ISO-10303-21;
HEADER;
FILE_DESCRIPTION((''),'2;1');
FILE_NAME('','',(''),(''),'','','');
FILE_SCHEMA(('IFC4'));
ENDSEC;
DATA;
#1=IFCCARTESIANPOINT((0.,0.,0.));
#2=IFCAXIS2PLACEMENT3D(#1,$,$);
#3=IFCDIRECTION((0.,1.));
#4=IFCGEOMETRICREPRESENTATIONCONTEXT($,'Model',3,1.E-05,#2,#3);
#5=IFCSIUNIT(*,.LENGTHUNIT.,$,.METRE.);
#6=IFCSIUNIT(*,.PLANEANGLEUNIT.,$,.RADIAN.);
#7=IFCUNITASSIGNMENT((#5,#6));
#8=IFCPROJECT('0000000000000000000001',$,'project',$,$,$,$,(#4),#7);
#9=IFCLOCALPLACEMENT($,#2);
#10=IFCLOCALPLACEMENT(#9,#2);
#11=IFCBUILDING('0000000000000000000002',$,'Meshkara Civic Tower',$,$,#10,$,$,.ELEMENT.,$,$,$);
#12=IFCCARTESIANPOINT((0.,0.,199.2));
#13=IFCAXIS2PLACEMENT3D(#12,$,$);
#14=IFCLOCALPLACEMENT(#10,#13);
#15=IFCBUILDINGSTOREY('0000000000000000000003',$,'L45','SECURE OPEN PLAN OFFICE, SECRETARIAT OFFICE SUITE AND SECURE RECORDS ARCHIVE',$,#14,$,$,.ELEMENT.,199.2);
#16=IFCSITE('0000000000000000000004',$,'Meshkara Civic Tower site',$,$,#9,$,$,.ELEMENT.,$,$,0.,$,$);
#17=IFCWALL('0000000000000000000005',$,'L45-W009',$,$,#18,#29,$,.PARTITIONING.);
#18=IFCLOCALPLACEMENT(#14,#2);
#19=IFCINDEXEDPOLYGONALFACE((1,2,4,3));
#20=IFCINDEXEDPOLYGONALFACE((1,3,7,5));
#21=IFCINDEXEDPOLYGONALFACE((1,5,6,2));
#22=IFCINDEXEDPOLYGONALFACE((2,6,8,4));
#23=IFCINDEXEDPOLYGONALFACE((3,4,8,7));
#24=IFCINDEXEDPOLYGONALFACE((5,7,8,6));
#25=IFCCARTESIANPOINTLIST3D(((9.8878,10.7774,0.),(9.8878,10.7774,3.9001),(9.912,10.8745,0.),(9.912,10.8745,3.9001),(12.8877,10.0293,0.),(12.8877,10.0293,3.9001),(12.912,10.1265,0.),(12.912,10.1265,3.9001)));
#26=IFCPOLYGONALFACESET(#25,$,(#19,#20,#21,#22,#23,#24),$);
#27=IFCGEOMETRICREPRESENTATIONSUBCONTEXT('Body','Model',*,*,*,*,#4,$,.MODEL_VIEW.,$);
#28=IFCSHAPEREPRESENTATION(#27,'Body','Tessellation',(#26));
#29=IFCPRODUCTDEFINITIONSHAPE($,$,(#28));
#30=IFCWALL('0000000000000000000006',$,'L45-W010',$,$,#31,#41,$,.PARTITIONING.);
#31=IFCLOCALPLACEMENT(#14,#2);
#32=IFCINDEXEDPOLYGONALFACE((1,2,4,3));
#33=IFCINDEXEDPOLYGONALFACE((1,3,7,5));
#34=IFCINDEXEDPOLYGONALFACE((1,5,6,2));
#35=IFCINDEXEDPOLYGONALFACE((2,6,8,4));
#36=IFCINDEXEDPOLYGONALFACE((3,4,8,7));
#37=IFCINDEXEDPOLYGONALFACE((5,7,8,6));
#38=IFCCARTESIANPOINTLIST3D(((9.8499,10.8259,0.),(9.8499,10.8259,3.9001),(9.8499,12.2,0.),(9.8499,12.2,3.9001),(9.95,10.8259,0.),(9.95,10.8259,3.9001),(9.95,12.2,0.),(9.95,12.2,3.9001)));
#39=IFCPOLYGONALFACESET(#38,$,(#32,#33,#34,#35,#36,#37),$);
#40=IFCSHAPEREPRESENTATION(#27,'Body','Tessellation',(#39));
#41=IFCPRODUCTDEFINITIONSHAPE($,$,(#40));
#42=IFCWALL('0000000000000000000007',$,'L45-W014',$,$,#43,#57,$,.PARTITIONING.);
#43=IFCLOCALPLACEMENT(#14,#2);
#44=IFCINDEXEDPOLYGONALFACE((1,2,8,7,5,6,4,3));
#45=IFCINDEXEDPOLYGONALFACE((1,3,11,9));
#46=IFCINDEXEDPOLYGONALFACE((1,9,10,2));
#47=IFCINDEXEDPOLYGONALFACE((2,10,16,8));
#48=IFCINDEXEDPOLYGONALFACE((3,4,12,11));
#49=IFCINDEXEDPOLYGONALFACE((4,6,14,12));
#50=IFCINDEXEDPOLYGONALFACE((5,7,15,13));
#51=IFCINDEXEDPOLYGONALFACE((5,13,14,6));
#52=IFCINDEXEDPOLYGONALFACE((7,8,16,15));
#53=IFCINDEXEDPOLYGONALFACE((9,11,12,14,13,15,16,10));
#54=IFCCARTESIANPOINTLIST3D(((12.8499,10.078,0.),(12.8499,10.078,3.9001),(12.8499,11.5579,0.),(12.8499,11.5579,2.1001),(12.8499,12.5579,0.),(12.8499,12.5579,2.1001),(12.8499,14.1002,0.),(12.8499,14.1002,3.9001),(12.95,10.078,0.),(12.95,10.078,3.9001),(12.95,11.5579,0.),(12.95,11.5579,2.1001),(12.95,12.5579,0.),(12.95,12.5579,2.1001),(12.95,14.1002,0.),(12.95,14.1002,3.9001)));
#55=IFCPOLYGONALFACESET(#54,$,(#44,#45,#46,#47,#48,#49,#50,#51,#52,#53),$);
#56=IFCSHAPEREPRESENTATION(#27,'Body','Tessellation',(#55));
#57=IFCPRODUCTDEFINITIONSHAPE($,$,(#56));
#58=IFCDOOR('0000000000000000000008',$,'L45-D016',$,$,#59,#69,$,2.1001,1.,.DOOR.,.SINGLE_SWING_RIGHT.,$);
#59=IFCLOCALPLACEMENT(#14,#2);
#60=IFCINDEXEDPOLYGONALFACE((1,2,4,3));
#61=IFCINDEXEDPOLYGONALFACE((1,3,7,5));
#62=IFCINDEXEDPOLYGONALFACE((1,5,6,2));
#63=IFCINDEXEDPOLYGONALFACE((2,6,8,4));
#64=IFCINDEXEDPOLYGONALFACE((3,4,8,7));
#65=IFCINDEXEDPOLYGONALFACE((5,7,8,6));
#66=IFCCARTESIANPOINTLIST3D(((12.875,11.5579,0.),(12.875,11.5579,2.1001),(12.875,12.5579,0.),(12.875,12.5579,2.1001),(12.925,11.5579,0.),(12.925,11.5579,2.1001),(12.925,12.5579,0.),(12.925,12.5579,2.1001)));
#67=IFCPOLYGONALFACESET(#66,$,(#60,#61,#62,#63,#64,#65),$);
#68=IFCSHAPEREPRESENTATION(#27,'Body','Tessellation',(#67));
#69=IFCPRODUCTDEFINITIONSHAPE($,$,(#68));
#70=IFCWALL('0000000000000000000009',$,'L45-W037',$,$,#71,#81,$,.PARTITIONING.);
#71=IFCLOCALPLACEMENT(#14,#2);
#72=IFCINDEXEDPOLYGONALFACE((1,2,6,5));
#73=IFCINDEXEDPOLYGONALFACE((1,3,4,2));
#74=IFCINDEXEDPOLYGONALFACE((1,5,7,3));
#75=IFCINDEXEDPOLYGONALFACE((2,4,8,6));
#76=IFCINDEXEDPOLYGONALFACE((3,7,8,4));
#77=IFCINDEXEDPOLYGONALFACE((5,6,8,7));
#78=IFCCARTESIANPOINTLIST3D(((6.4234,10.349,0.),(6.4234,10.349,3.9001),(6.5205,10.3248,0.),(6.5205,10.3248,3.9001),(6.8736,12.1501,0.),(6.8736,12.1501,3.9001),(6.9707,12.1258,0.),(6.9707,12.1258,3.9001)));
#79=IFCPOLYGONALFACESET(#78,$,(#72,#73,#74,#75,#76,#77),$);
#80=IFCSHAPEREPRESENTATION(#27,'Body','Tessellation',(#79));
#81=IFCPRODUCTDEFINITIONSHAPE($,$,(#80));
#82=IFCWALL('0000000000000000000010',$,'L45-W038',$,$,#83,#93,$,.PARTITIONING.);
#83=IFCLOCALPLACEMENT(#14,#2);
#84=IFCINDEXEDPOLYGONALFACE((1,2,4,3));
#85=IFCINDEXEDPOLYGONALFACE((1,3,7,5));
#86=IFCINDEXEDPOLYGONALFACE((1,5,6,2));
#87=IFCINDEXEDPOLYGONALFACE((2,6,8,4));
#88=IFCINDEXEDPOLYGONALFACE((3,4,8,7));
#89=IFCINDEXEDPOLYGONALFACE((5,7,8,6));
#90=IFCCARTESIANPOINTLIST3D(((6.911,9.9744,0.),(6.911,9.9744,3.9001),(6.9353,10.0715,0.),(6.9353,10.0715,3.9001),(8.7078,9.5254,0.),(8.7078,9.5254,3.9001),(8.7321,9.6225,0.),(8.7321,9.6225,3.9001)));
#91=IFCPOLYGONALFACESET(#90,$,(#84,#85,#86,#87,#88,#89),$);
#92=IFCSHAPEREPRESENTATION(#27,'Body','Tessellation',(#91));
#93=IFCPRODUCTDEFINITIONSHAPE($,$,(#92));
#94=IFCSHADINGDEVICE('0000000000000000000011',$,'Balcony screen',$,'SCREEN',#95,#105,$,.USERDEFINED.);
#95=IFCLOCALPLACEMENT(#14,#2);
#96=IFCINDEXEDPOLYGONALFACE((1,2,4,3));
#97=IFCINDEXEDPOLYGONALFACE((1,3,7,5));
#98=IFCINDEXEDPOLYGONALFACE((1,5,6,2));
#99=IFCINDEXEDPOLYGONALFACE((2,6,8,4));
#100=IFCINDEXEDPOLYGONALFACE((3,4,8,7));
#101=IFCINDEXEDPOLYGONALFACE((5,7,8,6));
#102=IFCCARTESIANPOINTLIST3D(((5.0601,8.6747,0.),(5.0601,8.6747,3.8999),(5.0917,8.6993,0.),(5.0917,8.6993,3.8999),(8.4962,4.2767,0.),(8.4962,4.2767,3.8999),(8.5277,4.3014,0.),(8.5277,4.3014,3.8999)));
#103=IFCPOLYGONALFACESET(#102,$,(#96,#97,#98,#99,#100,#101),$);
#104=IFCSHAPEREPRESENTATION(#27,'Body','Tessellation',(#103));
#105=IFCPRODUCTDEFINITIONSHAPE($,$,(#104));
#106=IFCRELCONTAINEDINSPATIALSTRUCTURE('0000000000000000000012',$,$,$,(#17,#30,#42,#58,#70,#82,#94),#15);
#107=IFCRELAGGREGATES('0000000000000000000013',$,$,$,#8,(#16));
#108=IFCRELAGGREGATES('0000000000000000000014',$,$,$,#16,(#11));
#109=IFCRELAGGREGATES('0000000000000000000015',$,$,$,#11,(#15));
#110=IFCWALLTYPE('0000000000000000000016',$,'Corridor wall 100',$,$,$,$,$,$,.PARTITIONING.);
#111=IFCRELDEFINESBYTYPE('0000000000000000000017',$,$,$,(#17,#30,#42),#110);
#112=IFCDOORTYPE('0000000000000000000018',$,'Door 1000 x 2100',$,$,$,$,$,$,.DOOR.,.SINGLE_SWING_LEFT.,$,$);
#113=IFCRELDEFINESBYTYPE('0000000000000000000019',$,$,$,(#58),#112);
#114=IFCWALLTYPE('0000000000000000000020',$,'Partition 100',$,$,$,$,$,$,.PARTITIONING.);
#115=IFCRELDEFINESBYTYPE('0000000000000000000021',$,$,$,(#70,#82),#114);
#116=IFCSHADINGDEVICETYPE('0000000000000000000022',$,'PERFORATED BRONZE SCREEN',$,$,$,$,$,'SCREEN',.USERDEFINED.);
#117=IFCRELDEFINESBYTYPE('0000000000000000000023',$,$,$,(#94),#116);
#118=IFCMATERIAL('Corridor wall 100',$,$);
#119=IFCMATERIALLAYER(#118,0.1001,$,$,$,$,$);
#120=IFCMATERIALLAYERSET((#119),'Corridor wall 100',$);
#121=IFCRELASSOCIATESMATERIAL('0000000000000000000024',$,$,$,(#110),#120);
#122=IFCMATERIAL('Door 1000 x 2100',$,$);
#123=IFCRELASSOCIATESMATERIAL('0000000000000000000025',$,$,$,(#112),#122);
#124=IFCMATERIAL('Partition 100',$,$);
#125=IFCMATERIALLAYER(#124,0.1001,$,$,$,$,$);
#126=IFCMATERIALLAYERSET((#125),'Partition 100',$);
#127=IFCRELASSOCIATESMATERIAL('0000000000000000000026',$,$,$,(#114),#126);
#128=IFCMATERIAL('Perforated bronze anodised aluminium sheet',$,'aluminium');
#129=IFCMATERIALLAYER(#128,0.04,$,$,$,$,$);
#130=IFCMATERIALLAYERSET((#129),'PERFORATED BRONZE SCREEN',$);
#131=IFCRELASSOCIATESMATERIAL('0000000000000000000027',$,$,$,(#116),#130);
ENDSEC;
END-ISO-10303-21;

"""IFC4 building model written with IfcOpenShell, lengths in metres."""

from ifc_helpers import new_model, si_unit, direction, frame, frame_2d, origin, origin_2d, place, context, subcontext, project, spatial, rectangle, extrude, material, layer, layer_set, type_object, element, fill, save


model = new_model("IFC4")

# Units and contexts
model_context = context("Model", 3, precision=1e-05, world=origin(), true_north=direction((0.0, 1.0)))
body_context = subcontext(model_context, "Body", "Model", "MODEL_VIEW")
ifc_project = project(units=[si_unit("LENGTHUNIT", "METRE"), si_unit("PLANEANGLEUNIT", "RADIAN")], contexts=[model_context])

# Site, building, storey
site_placement = place(None, origin())
site = spatial("IfcSite", under=ifc_project, at=site_placement, Name="Meshkara Civic Tower site", CompositionType="ELEMENT", RefElevation=0.0)
building_placement = place(site_placement, origin())
building = spatial("IfcBuilding", under=site, at=building_placement, Name="Meshkara Civic Tower", CompositionType="ELEMENT")
storey_placement = place(building_placement, frame((0.0, 0.0, 199.2)))
storey = spatial("IfcBuildingStorey", under=building, at=storey_placement, Name="L45", Description="SECURE OPEN PLAN OFFICE, SECRETARIAT OFFICE SUITE AND SECURE RECORDS ARCHIVE", CompositionType="ELEMENT", Elevation=199.2)

# Shared definitions
ifc_material_1 = material(Name="Corridor wall 100")
ifc_layer_1 = layer(ifc_material_1, 0.1001)
ifc_layer_set_1 = layer_set([ifc_layer_1], Name="Corridor wall 100")
wall_type_1 = type_object("IfcWallType", Name="Corridor wall 100", PredefinedType="PARTITIONING", material=ifc_layer_set_1)
ifc_material_2 = material(Name="Door 1000 x 2100")
door_type_1 = type_object("IfcDoorType", Name="Door 1000 x 2100", OperationType="SINGLE_SWING_LEFT", PredefinedType="DOOR", material=ifc_material_2)

# Walls
wall_1_placement = place(storey_placement, frame((9.8999, 10.8259, 0.0), z_axis=(0.0, 0.0, 1.0), x_axis=(0.970291, -0.241941, 0.0)))
element("IfcWall", 1, at=wall_1_placement, inside=storey, type_object=wall_type_1, Name="L45-W009", PredefinedType="PARTITIONING", context=body_context, shape_type="SweptSolid", body=[
    extrude(rectangle(XDim=3.0918, YDim=0.1001, at=frame_2d((1.5459, 0.0))), origin(), (0.0, 0.0, 1.0), 3.9001),
])
wall_2_placement = place(storey_placement, frame((9.8999, 12.2, 0.0), z_axis=(0.0, 0.0, 1.0), x_axis=(0.0, -1.0, 0.0)))
element("IfcWall", 2, at=wall_2_placement, inside=storey, type_object=wall_type_1, Name="L45-W010", PredefinedType="PARTITIONING", context=body_context, shape_type="SweptSolid", body=[
    extrude(rectangle(XDim=1.374, YDim=0.1001, at=frame_2d((0.687, 0.0))), origin(), (0.0, 0.0, 1.0), 3.9001),
])

# Wall, opening, door
wall_3_placement = place(storey_placement, frame((12.8999, 10.0779, 0.0), z_axis=(0.0, 0.0, 1.0), x_axis=(0.0, 1.0, 0.0)))
wall_3 = element("IfcWall", 3, at=wall_3_placement, inside=storey, type_object=wall_type_1, Name="L45-W014", PredefinedType="PARTITIONING", context=body_context, shape_type="SweptSolid", body=[
    extrude(rectangle(XDim=4.0222, YDim=0.1001, at=frame_2d((2.0112, 0.0))), origin(), (0.0, 0.0, 1.0), 3.9001),
])
opening_1_placement = place(wall_3_placement, frame((1.48, 0.0, 0.0)))
opening_1 = element("IfcOpeningElement", 4, at=opening_1_placement, cuts=wall_3, PredefinedType="OPENING", context=body_context, shape_type="SweptSolid", body=[
    extrude(rectangle(XDim=1.0, YDim=2.1001, at=frame_2d((0.5, 1.05))), frame((0.0, 0.0601, 0.0), z_axis=(0.0, -1.0, 0.0), x_axis=(1.0, 0.0, 0.0)), (0.0, 0.0, 1.0), 0.1201),
])
door_1_placement = place(opening_1_placement, origin())
door_1 = element("IfcDoor", 5, at=door_1_placement, inside=storey, type_object=door_type_1, Name="L45-D016", OperationType="SINGLE_SWING_RIGHT", OverallHeight=2.1001, OverallWidth=1.0, PredefinedType="DOOR", context=body_context, shape_type="SweptSolid", body=[
    extrude(rectangle(XDim=1.0, YDim=2.1001, at=frame_2d((0.5, 1.05))), frame((0.0, 0.0249, 0.0), z_axis=(0.0, -1.0, 0.0), x_axis=(1.0, 0.0, 0.0)), (0.0, 0.0, 1.0), 0.05),
])
fill(opening_1, door_1)

# Walls
ifc_material_3 = material(Name="Partition 100")
ifc_layer_2 = layer(ifc_material_3, 0.1001)
ifc_layer_set_2 = layer_set([ifc_layer_2], Name="Partition 100")
wall_type_2 = type_object("IfcWallType", Name="Partition 100", PredefinedType="PARTITIONING", material=ifc_layer_set_2)
wall_4_placement = place(storey_placement, frame((6.9221, 12.1379, 0.0), z_axis=(0.0, 0.0, 1.0), x_axis=(-0.242505, -0.97015, 0.0)))
element("IfcWall", 6, at=wall_4_placement, inside=storey, type_object=wall_type_2, Name="L45-W037", PredefinedType="PARTITIONING", context=body_context, shape_type="SweptSolid", body=[
    extrude(rectangle(XDim=1.8564, YDim=0.1001, at=frame_2d((0.9282, 0.0))), origin(), (0.0, 0.0, 1.0), 3.9001),
])
wall_5_placement = place(storey_placement, frame((8.72, 9.574, 0.0), z_axis=(0.0, 0.0, 1.0), x_axis=(-0.970174, 0.242412, 0.0)))
element("IfcWall", 7, at=wall_5_placement, inside=storey, type_object=wall_type_2, Name="L45-W038", PredefinedType="PARTITIONING", context=body_context, shape_type="SweptSolid", body=[
    extrude(rectangle(XDim=1.8521, YDim=0.1001, at=frame_2d((0.926, 0.0))), origin(), (0.0, 0.0, 1.0), 3.9001),
])

# Shading device
ifc_material_4 = material(Name="Perforated bronze anodised aluminium sheet", Category="aluminium")
ifc_layer_3 = layer(ifc_material_4, 0.04)
ifc_layer_set_3 = layer_set([ifc_layer_3], Name="PERFORATED BRONZE SCREEN")
shading_device_type = type_object("IfcShadingDeviceType", Name="PERFORATED BRONZE SCREEN", ElementType="SCREEN", PredefinedType="USERDEFINED", material=ifc_layer_set_3)
shading_device_placement = place(storey_placement, frame((6.7939, 6.488, 0.0), z_axis=(0.0, 0.0, 1.0), x_axis=(0.615661, -0.788011, 0.0)))
element("IfcShadingDevice", 8, at=shading_device_placement, inside=storey, type_object=shading_device_type, Name="Balcony screen", ObjectType="SCREEN", PredefinedType="USERDEFINED", context=body_context, shape_type="SweptSolid", body=[
    extrude(rectangle(XDim=5.5811, YDim=0.04, at=origin_2d()), origin(), (0.0, 0.0, 1.0), 3.8999),
])

save(model, "model.ifc")
